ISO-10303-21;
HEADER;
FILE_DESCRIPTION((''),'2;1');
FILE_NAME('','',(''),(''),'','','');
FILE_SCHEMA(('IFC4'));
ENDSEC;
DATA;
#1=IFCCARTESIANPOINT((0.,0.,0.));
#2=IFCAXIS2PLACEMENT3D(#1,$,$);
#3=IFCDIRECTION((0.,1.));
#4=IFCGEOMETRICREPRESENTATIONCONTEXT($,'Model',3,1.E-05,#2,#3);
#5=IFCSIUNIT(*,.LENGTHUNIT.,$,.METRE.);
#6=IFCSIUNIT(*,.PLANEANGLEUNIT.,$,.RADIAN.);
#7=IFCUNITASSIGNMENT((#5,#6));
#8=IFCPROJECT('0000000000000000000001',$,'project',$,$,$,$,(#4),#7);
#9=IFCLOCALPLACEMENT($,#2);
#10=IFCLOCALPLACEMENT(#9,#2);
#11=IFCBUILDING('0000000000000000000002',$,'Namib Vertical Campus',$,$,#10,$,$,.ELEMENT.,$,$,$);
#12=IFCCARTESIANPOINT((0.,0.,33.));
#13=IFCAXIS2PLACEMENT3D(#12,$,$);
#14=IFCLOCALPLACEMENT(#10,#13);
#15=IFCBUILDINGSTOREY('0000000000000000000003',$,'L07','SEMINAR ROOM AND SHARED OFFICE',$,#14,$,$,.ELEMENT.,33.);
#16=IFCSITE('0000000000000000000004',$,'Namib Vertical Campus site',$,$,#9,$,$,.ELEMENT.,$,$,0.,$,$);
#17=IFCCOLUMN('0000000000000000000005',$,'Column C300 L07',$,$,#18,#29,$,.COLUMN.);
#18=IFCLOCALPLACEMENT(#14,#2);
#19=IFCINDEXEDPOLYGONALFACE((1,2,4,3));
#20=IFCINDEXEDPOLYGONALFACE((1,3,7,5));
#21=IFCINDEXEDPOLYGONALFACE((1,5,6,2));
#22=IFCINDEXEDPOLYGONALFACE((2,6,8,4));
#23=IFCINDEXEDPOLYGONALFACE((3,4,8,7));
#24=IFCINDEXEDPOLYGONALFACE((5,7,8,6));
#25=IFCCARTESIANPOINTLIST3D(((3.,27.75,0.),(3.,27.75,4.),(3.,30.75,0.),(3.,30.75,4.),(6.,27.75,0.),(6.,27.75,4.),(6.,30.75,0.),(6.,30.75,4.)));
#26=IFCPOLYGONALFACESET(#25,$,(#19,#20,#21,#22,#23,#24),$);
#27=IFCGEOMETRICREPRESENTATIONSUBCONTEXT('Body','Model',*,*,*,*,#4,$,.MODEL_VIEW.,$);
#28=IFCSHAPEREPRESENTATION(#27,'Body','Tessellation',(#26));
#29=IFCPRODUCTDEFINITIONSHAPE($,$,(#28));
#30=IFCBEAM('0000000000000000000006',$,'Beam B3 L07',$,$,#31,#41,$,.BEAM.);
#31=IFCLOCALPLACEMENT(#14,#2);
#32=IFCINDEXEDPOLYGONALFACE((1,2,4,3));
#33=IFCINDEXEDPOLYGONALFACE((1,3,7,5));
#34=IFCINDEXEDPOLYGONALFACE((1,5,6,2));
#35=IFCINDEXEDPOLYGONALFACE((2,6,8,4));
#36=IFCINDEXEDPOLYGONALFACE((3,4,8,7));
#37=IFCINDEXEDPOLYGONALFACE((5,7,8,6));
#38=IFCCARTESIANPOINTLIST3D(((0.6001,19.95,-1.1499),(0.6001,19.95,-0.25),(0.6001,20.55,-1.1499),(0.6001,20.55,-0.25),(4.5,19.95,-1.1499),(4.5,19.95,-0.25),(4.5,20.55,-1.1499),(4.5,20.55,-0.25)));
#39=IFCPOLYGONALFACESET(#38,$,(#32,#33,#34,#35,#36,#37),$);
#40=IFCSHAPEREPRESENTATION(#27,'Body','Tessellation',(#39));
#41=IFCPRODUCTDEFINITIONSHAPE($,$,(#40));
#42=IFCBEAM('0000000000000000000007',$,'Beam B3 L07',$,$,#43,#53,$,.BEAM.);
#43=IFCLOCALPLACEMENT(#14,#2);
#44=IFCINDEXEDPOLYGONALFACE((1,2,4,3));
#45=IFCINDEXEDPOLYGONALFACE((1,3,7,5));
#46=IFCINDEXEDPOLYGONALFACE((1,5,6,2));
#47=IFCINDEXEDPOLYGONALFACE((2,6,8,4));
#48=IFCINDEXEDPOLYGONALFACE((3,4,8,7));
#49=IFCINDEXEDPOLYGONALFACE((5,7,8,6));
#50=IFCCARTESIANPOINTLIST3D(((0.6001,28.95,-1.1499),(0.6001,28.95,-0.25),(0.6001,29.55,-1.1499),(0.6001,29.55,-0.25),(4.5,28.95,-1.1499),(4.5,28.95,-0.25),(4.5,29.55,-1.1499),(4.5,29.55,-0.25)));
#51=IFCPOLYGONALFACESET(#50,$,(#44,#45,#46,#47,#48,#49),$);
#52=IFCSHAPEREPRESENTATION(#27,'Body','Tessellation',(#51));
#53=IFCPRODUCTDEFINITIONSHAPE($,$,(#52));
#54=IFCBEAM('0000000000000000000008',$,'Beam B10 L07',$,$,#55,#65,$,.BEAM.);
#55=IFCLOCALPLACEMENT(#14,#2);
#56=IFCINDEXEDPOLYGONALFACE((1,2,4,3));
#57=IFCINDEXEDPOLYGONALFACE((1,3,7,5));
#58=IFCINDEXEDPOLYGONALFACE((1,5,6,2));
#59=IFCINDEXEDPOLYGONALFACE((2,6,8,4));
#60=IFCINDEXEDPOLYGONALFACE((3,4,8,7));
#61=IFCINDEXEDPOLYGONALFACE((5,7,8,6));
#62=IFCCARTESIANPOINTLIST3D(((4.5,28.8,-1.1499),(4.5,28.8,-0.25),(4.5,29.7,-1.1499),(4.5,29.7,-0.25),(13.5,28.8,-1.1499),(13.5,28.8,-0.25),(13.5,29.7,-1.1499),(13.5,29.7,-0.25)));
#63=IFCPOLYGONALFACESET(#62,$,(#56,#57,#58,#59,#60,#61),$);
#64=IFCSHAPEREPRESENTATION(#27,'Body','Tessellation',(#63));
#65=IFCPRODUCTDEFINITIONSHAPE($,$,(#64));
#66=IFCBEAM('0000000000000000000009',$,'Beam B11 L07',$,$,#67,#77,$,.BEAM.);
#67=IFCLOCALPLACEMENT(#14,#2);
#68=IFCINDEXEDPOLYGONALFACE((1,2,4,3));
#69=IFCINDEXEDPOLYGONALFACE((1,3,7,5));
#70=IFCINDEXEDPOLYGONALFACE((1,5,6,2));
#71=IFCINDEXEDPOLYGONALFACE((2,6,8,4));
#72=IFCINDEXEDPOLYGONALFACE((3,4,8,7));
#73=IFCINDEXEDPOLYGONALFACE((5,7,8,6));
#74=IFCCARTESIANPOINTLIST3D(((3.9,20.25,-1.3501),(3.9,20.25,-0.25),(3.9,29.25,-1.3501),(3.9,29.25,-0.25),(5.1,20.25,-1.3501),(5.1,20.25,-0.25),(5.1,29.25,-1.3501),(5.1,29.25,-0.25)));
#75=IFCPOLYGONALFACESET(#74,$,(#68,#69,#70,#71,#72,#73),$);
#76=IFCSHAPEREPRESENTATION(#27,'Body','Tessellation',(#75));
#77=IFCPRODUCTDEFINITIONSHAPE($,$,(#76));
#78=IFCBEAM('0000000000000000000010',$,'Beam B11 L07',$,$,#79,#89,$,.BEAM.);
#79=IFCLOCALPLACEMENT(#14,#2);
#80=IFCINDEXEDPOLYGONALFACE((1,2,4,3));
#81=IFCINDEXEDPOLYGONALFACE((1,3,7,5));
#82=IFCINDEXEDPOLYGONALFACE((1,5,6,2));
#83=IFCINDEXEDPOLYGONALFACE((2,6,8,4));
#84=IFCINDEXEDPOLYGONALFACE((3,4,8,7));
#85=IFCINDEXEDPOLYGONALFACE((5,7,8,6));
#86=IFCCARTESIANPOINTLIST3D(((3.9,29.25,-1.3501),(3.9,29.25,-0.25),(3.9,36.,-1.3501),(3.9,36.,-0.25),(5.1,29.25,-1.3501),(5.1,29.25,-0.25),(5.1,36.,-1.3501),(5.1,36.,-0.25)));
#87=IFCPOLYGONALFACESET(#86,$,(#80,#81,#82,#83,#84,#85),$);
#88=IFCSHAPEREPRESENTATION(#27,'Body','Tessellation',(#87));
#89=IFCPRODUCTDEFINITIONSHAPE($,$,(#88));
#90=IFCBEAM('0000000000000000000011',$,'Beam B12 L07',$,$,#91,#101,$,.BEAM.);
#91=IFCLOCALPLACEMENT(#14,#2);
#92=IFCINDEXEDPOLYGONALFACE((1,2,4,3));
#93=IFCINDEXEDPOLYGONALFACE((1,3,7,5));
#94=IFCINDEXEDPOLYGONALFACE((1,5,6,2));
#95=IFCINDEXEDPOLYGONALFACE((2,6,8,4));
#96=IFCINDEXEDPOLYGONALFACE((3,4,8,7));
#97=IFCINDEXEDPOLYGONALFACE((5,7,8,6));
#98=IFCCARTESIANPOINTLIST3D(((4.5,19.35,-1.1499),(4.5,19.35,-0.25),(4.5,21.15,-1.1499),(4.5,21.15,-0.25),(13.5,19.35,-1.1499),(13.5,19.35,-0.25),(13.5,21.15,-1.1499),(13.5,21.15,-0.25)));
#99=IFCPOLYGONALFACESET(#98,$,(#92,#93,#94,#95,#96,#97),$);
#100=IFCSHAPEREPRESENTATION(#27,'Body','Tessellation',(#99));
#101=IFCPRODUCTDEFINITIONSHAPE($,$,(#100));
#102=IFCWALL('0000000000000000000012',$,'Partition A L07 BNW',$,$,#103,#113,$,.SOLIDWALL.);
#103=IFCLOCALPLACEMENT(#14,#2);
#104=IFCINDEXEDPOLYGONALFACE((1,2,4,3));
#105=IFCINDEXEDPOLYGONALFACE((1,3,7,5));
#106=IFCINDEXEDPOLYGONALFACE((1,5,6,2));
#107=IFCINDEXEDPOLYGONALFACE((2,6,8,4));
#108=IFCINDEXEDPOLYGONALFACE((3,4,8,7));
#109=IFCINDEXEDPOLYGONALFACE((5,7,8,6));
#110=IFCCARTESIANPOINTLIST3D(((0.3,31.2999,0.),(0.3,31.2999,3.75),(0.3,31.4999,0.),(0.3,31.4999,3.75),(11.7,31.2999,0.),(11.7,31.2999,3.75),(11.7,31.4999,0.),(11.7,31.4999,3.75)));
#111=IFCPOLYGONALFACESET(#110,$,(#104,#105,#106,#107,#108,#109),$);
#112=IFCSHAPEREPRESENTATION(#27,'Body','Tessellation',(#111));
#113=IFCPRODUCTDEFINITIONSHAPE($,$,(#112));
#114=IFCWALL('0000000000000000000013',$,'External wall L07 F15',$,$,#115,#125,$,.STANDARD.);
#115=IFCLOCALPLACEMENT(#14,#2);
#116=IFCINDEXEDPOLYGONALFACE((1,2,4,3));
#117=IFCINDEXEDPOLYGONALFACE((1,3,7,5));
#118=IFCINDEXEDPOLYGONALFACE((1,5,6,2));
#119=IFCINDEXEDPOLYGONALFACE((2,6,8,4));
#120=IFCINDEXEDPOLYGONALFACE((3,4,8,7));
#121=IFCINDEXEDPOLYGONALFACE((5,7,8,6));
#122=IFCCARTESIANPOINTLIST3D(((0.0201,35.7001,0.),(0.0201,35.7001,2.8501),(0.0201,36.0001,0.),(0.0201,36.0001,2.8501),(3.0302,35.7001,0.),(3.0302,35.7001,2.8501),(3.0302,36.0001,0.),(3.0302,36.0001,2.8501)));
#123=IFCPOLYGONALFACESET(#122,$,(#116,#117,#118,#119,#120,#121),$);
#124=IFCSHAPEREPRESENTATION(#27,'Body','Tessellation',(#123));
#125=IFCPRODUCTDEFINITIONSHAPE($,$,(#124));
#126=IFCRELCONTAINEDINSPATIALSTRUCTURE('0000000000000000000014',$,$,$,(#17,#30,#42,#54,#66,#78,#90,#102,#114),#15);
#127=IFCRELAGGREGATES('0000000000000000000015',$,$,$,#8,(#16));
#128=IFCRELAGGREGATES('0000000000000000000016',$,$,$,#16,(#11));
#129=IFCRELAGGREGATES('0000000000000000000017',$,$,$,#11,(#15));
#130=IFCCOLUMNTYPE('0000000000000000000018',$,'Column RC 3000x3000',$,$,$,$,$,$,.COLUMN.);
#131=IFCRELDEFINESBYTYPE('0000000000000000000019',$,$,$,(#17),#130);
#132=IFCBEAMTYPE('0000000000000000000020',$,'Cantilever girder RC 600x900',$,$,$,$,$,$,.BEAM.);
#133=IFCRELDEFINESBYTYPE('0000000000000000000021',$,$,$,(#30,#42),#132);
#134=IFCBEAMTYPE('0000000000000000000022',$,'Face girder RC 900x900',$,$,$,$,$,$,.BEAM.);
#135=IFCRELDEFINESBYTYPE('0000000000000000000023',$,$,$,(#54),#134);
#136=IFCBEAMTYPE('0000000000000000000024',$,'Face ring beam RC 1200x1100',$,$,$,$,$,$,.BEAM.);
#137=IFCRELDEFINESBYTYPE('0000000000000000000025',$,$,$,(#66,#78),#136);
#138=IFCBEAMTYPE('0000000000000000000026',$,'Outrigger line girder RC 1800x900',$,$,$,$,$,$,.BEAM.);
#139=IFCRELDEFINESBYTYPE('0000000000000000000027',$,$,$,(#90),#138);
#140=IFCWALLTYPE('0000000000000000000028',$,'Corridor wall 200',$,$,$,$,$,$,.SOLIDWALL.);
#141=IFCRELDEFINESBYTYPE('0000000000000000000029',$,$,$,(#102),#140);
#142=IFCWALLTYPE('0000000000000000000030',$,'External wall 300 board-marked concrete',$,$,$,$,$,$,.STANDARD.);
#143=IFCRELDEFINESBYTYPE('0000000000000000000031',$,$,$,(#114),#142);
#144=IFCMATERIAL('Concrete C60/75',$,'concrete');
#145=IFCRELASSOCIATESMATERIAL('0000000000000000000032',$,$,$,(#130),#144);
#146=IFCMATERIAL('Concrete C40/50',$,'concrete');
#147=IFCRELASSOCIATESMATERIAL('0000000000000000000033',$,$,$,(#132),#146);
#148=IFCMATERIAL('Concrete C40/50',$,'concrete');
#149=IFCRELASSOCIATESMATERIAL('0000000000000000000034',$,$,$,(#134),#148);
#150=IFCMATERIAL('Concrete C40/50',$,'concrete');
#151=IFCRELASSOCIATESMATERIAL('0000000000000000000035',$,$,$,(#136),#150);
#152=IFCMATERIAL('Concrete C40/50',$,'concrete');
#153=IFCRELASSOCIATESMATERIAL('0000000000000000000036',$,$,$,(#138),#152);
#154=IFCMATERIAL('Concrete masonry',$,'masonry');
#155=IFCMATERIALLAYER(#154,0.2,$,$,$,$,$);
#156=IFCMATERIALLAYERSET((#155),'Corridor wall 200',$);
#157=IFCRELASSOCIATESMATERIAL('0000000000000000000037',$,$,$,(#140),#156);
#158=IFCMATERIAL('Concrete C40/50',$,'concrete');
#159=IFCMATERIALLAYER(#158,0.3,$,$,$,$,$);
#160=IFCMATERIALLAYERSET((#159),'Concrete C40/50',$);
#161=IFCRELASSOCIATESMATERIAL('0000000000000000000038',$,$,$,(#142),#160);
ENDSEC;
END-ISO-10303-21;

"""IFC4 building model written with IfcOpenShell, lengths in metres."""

from ifc_helpers import new_model, si_unit, direction, frame, frame_2d, origin, origin_2d, place, context, subcontext, project, spatial, rectangle, extrude, material, layer, layer_set, material_profile, profile_set, type_object, element, save


model = new_model("IFC4")

# Units and contexts
model_context = context("Model", 3, precision=1e-05, world=origin(), true_north=direction((0.0, 1.0)))
body_context = subcontext(model_context, "Body", "Model", "MODEL_VIEW")
ifc_project = project(units=[si_unit("LENGTHUNIT", "METRE"), si_unit("PLANEANGLEUNIT", "RADIAN")], contexts=[model_context])

# Site, building, storey
site_placement = place(None, origin())
site = spatial("IfcSite", under=ifc_project, at=site_placement, Name="Namib Vertical Campus site", CompositionType="ELEMENT", RefElevation=0.0)
building_placement = place(site_placement, origin())
building = spatial("IfcBuilding", under=site, at=building_placement, Name="Namib Vertical Campus", CompositionType="ELEMENT")
storey_placement = place(building_placement, frame((0.0, 0.0, 33.0)))
storey = spatial("IfcBuildingStorey", under=building, at=storey_placement, Name="L07", Description="SEMINAR ROOM AND SHARED OFFICE", CompositionType="ELEMENT", Elevation=33.0)

# Column
ifc_material_1 = material(Name="Concrete C60/75", Category="concrete")
ifc_material_profile_1 = material_profile(ifc_material_1, rectangle(XDim=3.0, YDim=3.0, at=origin_2d()))
ifc_profile_set_1 = profile_set([ifc_material_profile_1], Name="Concrete C60/75")
column_type = type_object("IfcColumnType", Name="Column RC 3000x3000", PredefinedType="COLUMN", material=ifc_profile_set_1)
column_placement = place(storey_placement, frame((4.5, 29.25, 0.0), z_axis=(0.0, 0.0, 1.0), x_axis=(1.0, 0.0, 0.0)))
element("IfcColumn", 1, at=column_placement, inside=storey, type_object=column_type, Name="Column C300 L07", PredefinedType="COLUMN", context=body_context, shape_type="SweptSolid", body=[
    extrude(rectangle(XDim=3.0, YDim=3.0, at=origin_2d()), origin(), (0.0, 0.0, 1.0), 4.0),
])

# Beams
ifc_material_2 = material(Name="Concrete C40/50", Category="concrete")
ifc_material_profile_2 = material_profile(ifc_material_2, rectangle(XDim=0.6001, YDim=0.8999, at=origin_2d()))
ifc_profile_set_2 = profile_set([ifc_material_profile_2], Name="Concrete C40/50")
beam_type_1 = type_object("IfcBeamType", Name="Cantilever girder RC 600x900", PredefinedType="BEAM", material=ifc_profile_set_2)
for number, where, z_axis, x_axis, name in (
    (2, (4.5, 20.25, -0.7), (-1.0, 0.0, 0.0), (0.0, -1.0, 0.0), "Beam B3 L07"),
    (3, (4.5, 29.25, -0.7), (-1.0, 0.0, 0.0), (0.0, -1.0, 0.0), "Beam B3 L07"),
):
    element("IfcBeam", number, at=place(storey_placement, frame(where, z_axis=z_axis, x_axis=x_axis)), inside=storey, type_object=beam_type_1, Name=name, PredefinedType="BEAM", context=body_context, shape_type="SweptSolid", body=[
        extrude(rectangle(XDim=0.6001, YDim=0.8999, at=origin_2d()), origin(), (0.0, 0.0, 1.0), 3.8999),
    ])
ifc_material_3 = material(Name="Concrete C40/50", Category="concrete")
ifc_material_profile_3 = material_profile(ifc_material_3, rectangle(XDim=0.8999, YDim=0.8999, at=origin_2d()))
ifc_profile_set_3 = profile_set([ifc_material_profile_3], Name="Concrete C40/50")
beam_type_2 = type_object("IfcBeamType", Name="Face girder RC 900x900", PredefinedType="BEAM", material=ifc_profile_set_3)
beam_1_placement = place(storey_placement, frame((4.5, 29.25, -0.7), z_axis=(1.0, 0.0, 0.0), x_axis=(0.0, 1.0, 0.0)))
element("IfcBeam", 4, at=beam_1_placement, inside=storey, type_object=beam_type_2, Name="Beam B10 L07", PredefinedType="BEAM", context=body_context, shape_type="SweptSolid", body=[
    extrude(rectangle(XDim=0.8999, YDim=0.8999, at=origin_2d()), origin(), (0.0, 0.0, 1.0), 9.0),
])
ifc_material_4 = material(Name="Concrete C40/50", Category="concrete")
ifc_material_profile_4 = material_profile(ifc_material_4, rectangle(XDim=1.2, YDim=1.1001, at=origin_2d()))
ifc_profile_set_4 = profile_set([ifc_material_profile_4], Name="Concrete C40/50")
beam_type_3 = type_object("IfcBeamType", Name="Face ring beam RC 1200x1100", PredefinedType="BEAM", material=ifc_profile_set_4)
beam_2_placement = place(storey_placement, frame((4.5, 20.25, -0.8), z_axis=(0.0, 1.0, 0.0), x_axis=(-1.0, 0.0, 0.0)))
element("IfcBeam", 5, at=beam_2_placement, inside=storey, type_object=beam_type_3, Name="Beam B11 L07", PredefinedType="BEAM", context=body_context, shape_type="SweptSolid", body=[
    extrude(rectangle(XDim=1.2, YDim=1.1001, at=origin_2d()), origin(), (0.0, 0.0, 1.0), 9.0),
])
beam_3_placement = place(storey_placement, frame((4.5, 29.25, -0.8), z_axis=(0.0, 1.0, 0.0), x_axis=(-1.0, 0.0, 0.0)))
element("IfcBeam", 6, at=beam_3_placement, inside=storey, type_object=beam_type_3, Name="Beam B11 L07", PredefinedType="BEAM", context=body_context, shape_type="SweptSolid", body=[
    extrude(rectangle(XDim=1.2, YDim=1.1001, at=origin_2d()), origin(), (0.0, 0.0, 1.0), 6.75),
])
ifc_material_5 = material(Name="Concrete C40/50", Category="concrete")
ifc_material_profile_5 = material_profile(ifc_material_5, rectangle(XDim=1.8, YDim=0.8999, at=origin_2d()))
ifc_profile_set_5 = profile_set([ifc_material_profile_5], Name="Concrete C40/50")
beam_type_4 = type_object("IfcBeamType", Name="Outrigger line girder RC 1800x900", PredefinedType="BEAM", material=ifc_profile_set_5)
beam_4_placement = place(storey_placement, frame((4.5, 20.25, -0.7), z_axis=(1.0, 0.0, 0.0), x_axis=(0.0, 1.0, 0.0)))
element("IfcBeam", 7, at=beam_4_placement, inside=storey, type_object=beam_type_4, Name="Beam B12 L07", PredefinedType="BEAM", context=body_context, shape_type="SweptSolid", body=[
    extrude(rectangle(XDim=1.8, YDim=0.8999, at=origin_2d()), origin(), (0.0, 0.0, 1.0), 9.0),
])

# Walls
ifc_material_6 = material(Name="Concrete masonry", Category="masonry")
ifc_layer_1 = layer(ifc_material_6, 0.2)
ifc_layer_set_1 = layer_set([ifc_layer_1], Name="Corridor wall 200")
wall_type_1 = type_object("IfcWallType", Name="Corridor wall 200", PredefinedType="SOLIDWALL", material=ifc_layer_set_1)
wall_1_placement = place(storey_placement, frame((0.3, 31.3999, 0.0), z_axis=(0.0, 0.0, 1.0), x_axis=(1.0, 0.0, 0.0)))
element("IfcWall", 8, at=wall_1_placement, inside=storey, type_object=wall_type_1, Name="Partition A L07 BNW", PredefinedType="SOLIDWALL", context=body_context, shape_type="SweptSolid", body=[
    extrude(rectangle(XDim=11.3999, YDim=0.2, at=frame_2d((5.7, 0.0))), origin(), (0.0, 0.0, 1.0), 3.75),
])
ifc_material_7 = material(Name="Concrete C40/50", Category="concrete")
ifc_layer_2 = layer(ifc_material_7, 0.3)
ifc_layer_set_2 = layer_set([ifc_layer_2], Name="Concrete C40/50")
wall_type_2 = type_object("IfcWallType", Name="External wall 300 board-marked concrete", PredefinedType="STANDARD", material=ifc_layer_set_2)
wall_2_placement = place(storey_placement, frame((3.03, 35.8501, 0.0), z_axis=(0.0, 0.0, 1.0), x_axis=(-1.0, 0.0, 0.0)))
element("IfcWall", 9, at=wall_2_placement, inside=storey, type_object=wall_type_2, Name="External wall L07 F15", PredefinedType="STANDARD", context=body_context, shape_type="SweptSolid", body=[
    extrude(rectangle(XDim=3.01, YDim=0.3, at=frame_2d((1.5049, 0.0))), origin(), (0.0, 0.0, 1.0), 2.8501),
])

save(model, "model.ifc")
